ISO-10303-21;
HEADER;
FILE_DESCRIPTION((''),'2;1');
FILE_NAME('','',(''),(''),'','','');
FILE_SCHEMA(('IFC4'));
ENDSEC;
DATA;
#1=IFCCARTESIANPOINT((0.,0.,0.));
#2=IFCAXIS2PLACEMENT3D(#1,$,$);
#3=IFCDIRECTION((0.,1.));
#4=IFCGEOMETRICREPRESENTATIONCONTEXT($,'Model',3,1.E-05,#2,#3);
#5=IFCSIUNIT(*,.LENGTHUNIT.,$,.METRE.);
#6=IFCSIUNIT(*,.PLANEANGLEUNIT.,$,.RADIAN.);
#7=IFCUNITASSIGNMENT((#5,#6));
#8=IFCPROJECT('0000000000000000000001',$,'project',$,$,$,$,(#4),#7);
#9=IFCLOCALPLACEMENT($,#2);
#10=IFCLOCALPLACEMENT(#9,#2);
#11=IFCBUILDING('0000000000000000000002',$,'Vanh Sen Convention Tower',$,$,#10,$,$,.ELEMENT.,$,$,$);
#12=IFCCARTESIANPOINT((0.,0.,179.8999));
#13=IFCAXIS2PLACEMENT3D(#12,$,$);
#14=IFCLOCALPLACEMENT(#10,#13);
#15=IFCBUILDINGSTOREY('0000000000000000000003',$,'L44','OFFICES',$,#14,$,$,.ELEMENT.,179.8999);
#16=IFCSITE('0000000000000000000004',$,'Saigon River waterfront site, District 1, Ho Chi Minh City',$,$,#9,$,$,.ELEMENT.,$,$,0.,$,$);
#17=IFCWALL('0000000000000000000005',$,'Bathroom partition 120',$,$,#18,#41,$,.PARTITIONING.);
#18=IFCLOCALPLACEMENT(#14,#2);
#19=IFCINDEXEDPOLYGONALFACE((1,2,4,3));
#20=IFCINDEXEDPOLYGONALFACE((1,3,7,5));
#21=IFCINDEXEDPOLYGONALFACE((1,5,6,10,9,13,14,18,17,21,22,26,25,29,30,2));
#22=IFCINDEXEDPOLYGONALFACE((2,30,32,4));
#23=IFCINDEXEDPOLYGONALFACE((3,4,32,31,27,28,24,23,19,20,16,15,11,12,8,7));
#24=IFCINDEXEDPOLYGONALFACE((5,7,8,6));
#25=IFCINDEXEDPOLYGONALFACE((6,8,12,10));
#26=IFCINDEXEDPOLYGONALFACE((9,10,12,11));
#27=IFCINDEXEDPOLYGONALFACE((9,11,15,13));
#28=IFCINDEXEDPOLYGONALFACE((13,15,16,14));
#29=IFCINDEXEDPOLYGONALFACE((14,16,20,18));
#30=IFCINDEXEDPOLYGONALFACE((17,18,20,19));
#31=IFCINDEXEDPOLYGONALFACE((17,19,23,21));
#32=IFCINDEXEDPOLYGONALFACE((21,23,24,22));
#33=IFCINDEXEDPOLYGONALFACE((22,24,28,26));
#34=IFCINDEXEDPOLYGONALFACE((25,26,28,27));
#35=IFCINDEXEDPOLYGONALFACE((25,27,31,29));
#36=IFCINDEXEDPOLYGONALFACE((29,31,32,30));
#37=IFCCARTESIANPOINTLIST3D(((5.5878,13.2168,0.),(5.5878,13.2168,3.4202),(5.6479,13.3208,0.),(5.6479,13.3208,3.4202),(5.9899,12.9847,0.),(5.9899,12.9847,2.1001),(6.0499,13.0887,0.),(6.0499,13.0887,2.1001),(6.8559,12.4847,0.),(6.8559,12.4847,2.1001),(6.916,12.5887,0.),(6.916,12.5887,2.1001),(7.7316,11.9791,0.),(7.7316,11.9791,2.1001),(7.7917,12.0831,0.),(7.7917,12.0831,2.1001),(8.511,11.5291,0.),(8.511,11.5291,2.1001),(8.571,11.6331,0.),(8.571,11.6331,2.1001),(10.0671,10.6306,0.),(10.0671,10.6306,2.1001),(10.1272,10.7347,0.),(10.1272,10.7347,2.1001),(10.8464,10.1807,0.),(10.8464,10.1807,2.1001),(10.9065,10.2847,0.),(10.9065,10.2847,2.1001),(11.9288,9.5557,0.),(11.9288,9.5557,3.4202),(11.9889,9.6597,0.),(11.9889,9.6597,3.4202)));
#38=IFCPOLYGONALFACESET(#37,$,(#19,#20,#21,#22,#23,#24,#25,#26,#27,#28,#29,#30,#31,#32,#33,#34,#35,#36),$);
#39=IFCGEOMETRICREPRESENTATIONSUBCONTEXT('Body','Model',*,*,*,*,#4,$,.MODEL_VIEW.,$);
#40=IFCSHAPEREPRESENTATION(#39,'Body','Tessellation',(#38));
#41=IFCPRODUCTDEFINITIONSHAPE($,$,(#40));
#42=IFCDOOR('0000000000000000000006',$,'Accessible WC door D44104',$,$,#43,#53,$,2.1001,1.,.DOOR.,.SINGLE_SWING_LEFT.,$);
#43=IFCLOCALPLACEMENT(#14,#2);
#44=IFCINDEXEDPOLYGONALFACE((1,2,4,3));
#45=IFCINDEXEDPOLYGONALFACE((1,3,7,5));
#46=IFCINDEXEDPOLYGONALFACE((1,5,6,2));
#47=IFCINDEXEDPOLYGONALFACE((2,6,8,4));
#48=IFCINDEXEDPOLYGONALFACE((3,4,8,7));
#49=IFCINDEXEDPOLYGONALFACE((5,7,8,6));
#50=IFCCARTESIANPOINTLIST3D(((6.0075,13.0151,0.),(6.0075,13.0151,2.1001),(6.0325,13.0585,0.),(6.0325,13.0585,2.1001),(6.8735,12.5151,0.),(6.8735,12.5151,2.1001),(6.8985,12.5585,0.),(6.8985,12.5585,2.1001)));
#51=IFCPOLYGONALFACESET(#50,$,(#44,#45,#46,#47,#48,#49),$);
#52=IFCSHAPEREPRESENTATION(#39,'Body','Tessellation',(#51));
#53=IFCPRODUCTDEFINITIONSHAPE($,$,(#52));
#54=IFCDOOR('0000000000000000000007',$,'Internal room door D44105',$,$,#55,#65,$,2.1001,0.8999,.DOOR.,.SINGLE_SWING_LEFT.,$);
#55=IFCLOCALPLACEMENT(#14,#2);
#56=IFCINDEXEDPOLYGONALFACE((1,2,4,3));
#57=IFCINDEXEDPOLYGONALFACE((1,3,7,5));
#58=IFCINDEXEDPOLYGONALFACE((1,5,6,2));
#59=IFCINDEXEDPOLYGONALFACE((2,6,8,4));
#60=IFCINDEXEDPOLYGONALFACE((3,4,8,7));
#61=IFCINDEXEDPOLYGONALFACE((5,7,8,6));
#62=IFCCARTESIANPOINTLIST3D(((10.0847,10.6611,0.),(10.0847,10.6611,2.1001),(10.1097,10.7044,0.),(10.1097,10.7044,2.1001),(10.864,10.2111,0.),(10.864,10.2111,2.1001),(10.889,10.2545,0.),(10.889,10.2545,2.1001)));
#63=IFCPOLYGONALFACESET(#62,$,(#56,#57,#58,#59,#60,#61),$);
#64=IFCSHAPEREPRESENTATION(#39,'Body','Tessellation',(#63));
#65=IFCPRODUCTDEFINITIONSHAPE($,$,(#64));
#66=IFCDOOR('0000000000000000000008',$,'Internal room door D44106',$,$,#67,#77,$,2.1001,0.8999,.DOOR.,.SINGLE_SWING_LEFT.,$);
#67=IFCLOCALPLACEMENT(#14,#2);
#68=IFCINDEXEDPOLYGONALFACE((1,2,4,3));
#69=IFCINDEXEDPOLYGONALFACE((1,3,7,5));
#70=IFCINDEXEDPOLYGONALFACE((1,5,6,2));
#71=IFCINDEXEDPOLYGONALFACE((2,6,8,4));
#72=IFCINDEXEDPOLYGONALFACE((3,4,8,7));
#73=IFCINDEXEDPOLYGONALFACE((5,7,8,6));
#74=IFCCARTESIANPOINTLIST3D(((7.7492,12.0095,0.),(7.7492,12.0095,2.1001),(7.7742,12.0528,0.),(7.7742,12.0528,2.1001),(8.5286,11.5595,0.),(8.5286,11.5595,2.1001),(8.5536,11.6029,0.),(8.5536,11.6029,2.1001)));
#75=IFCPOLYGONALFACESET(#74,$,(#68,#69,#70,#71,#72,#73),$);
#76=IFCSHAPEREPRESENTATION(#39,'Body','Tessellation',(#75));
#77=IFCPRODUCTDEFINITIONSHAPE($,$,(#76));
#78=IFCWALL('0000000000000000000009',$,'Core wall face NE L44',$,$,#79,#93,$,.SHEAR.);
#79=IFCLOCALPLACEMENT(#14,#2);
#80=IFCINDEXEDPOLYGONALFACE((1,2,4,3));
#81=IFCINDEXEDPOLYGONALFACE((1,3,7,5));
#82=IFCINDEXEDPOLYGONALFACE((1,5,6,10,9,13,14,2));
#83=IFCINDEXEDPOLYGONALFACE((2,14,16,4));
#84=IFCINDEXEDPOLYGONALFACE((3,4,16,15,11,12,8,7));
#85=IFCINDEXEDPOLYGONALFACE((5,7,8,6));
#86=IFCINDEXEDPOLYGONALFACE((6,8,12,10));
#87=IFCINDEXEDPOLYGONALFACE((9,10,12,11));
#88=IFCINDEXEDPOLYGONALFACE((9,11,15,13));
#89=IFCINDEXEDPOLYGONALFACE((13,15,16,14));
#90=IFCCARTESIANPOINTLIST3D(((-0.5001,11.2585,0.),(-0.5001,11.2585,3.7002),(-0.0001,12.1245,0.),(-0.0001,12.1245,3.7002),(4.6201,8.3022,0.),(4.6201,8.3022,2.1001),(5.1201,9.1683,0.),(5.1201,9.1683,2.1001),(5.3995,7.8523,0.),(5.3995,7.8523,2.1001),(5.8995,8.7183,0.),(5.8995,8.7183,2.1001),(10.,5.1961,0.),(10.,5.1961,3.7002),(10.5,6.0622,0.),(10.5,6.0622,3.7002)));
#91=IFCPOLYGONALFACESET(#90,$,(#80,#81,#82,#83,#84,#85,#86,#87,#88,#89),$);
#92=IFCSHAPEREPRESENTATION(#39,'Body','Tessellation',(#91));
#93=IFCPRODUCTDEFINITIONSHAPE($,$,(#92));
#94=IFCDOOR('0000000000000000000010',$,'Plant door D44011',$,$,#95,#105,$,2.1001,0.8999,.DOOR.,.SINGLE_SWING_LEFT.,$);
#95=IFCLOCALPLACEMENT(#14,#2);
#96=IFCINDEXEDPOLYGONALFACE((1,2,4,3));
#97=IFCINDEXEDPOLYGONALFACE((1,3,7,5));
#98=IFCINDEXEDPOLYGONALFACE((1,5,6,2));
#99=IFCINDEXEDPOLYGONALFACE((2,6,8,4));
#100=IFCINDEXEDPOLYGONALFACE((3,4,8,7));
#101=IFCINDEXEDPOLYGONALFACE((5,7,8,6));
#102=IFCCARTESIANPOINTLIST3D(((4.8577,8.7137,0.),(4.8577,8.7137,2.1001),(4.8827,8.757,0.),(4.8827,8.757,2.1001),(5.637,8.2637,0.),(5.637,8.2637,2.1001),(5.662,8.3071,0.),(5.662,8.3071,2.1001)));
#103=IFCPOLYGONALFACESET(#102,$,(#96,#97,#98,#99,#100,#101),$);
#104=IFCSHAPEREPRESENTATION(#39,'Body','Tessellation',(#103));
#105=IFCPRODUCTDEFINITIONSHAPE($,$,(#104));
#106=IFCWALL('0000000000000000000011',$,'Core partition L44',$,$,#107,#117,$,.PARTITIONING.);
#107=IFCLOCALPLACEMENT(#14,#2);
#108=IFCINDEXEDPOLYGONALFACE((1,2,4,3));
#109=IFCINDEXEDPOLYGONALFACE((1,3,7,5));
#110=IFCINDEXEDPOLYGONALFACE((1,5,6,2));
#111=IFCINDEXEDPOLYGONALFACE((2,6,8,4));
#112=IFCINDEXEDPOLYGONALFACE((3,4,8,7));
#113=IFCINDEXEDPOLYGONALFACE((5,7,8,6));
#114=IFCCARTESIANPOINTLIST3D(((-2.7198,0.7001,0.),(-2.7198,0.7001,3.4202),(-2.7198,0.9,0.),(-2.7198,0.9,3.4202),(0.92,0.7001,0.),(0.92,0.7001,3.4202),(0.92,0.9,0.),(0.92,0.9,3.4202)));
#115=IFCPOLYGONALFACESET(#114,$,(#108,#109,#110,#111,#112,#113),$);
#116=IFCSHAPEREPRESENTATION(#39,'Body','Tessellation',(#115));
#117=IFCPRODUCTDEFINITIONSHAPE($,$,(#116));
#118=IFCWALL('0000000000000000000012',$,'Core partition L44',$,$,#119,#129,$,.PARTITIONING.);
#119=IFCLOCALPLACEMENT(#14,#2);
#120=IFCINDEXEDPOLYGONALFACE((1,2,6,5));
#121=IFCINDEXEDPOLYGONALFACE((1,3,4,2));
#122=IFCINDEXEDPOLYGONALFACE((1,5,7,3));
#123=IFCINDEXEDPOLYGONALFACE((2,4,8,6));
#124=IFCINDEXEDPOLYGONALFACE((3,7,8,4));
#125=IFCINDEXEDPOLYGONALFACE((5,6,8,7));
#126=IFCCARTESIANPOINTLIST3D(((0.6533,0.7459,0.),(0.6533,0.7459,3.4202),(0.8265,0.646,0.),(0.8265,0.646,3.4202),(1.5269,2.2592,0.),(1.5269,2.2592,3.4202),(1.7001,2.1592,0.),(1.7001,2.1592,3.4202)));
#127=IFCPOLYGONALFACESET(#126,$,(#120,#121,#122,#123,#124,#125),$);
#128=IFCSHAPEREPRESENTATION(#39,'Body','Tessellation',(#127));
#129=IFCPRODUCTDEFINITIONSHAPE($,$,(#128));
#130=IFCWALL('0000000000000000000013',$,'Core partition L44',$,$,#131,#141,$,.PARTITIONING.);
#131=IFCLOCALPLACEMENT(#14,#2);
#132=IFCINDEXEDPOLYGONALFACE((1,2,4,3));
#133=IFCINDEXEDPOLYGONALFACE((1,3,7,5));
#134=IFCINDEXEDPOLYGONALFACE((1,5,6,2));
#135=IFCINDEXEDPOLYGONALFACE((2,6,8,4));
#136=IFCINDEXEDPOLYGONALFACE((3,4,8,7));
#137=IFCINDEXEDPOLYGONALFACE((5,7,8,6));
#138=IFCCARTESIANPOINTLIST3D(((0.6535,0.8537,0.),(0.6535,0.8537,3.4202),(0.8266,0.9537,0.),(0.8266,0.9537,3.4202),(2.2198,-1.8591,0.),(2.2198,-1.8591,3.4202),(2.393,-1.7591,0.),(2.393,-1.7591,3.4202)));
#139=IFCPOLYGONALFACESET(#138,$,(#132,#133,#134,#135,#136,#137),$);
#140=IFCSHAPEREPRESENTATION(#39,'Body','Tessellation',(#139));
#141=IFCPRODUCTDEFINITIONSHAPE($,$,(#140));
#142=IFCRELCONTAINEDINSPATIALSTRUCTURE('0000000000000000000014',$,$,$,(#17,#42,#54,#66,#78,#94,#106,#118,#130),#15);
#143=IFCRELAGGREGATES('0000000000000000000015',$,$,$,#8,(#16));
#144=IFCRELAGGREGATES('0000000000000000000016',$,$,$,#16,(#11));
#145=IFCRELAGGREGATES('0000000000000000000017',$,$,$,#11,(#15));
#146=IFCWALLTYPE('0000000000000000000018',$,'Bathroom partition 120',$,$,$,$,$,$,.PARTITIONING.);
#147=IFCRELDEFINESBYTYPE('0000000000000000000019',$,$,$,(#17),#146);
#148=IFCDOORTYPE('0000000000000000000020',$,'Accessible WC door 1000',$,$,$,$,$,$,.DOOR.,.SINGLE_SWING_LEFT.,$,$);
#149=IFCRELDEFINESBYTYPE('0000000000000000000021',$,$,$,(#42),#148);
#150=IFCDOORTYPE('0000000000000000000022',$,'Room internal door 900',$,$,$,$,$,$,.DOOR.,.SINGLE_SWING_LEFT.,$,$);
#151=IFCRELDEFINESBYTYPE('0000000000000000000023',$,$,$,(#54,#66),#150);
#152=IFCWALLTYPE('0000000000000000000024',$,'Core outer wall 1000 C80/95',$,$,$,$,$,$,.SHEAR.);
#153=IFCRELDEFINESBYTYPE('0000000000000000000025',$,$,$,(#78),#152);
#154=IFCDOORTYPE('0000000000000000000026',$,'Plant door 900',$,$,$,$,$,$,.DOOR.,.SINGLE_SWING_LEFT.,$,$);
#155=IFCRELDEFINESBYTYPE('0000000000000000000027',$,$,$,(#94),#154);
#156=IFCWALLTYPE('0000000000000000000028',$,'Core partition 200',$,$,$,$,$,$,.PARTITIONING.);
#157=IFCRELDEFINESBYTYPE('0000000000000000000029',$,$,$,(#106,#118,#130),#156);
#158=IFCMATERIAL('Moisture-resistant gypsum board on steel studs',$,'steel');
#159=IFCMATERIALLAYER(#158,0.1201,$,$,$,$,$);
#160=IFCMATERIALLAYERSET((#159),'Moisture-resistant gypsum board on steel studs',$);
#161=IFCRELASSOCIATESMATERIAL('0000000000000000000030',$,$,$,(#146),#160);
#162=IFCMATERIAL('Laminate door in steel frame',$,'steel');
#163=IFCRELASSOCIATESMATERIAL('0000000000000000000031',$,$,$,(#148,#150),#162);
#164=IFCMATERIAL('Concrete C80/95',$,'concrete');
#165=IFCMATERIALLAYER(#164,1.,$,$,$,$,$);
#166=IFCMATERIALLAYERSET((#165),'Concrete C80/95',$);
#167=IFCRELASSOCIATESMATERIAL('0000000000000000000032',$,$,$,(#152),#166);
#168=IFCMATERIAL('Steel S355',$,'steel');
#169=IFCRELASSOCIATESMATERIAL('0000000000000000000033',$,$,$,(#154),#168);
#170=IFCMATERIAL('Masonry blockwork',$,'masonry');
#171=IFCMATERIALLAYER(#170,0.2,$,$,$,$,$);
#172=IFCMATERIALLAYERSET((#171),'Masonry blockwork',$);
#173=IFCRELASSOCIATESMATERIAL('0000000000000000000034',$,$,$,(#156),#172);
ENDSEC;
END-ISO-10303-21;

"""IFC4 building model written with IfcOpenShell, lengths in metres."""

from ifc_helpers import new_model, si_unit, direction, frame, frame_2d, origin, place, context, subcontext, project, spatial, rectangle, extrude, material, layer, layer_set, type_object, element, fill, save


model = new_model("IFC4")

# Units and contexts
model_context = context("Model", 3, precision=1e-05, world=origin(), true_north=direction((0.0, 1.0)))
body_context = subcontext(model_context, "Body", "Model", "MODEL_VIEW")
ifc_project = project(units=[si_unit("LENGTHUNIT", "METRE"), si_unit("PLANEANGLEUNIT", "RADIAN")], contexts=[model_context])

# Site, building, storey
site_placement = place(None, origin())
site = spatial("IfcSite", under=ifc_project, at=site_placement, Name="Saigon River waterfront site, District 1, Ho Chi Minh City", CompositionType="ELEMENT", RefElevation=0.0)
building_placement = place(site_placement, origin())
building = spatial("IfcBuilding", under=site, at=building_placement, Name="Vanh Sen Convention Tower", CompositionType="ELEMENT")
storey_placement = place(building_placement, frame((0.0, 0.0, 179.8999)))
storey = spatial("IfcBuildingStorey", under=building, at=storey_placement, Name="L44", Description="OFFICES", CompositionType="ELEMENT", Elevation=179.8999)

# Wall, openings, doors
ifc_material_1 = material(Name="Moisture-resistant gypsum board on steel studs", Category="steel")
ifc_layer_1 = layer(ifc_material_1, 0.1201)
ifc_layer_set_1 = layer_set([ifc_layer_1], Name="Moisture-resistant gypsum board on steel studs")
wall_type_1 = type_object("IfcWallType", Name="Bathroom partition 120", PredefinedType="PARTITIONING", material=ifc_layer_set_1)
wall_1_placement = place(storey_placement, frame((11.959, 9.6077, 0.0), z_axis=(0.0, 0.0, 1.0), x_axis=(-0.866018, 0.500012, 0.0)))
wall_1 = element("IfcWall", 1, at=wall_1_placement, inside=storey, type_object=wall_type_1, Name="Bathroom partition 120", PredefinedType="PARTITIONING", context=body_context, shape_type="SweptSolid", body=[
    extrude(rectangle(XDim=7.322, YDim=0.1201, at=frame_2d((3.6611, 0.0))), origin(), (0.0, 0.0, 1.0), 3.4202),
])
opening_1_placement = place(wall_1_placement, frame((5.8579, 0.0, 0.0)))
opening_1 = element("IfcOpeningElement", 2, at=opening_1_placement, cuts=wall_1, PredefinedType="OPENING", context=body_context, shape_type="SweptSolid", body=[
    extrude(rectangle(XDim=1.0, YDim=2.1001, at=frame_2d((0.5, 1.05))), frame((0.0, 0.0701, 0.0), z_axis=(0.0, -1.0, 0.0), x_axis=(1.0, 0.0, 0.0)), (0.0, 0.0, 1.0), 0.1401),
])
opening_2_placement = place(wall_1_placement, frame((1.25, 0.0, 0.0)))
opening_2 = element("IfcOpeningElement", 3, at=opening_2_placement, cuts=wall_1, PredefinedType="OPENING", context=body_context, shape_type="SweptSolid", body=[
    extrude(rectangle(XDim=0.8999, YDim=2.1001, at=frame_2d((0.45, 1.05))), frame((0.0, 0.0701, 0.0), z_axis=(0.0, -1.0, 0.0), x_axis=(1.0, 0.0, 0.0)), (0.0, 0.0, 1.0), 0.1401),
])
opening_3_placement = place(wall_1_placement, frame((3.9468, 0.0, 0.0)))
opening_3 = element("IfcOpeningElement", 4, at=opening_3_placement, cuts=wall_1, PredefinedType="OPENING", context=body_context, shape_type="SweptSolid", body=[
    extrude(rectangle(XDim=0.8999, YDim=2.1001, at=frame_2d((0.45, 1.05))), frame((0.0, 0.0701, 0.0), z_axis=(0.0, -1.0, 0.0), x_axis=(1.0, 0.0, 0.0)), (0.0, 0.0, 1.0), 0.1401),
])
ifc_material_2 = material(Name="Laminate door in steel frame", Category="steel")
door_type_1 = type_object("IfcDoorType", Name="Accessible WC door 1000", OperationType="SINGLE_SWING_LEFT", PredefinedType="DOOR", material=ifc_material_2)
door_1_placement = place(opening_1_placement, origin())
door_1 = element("IfcDoor", 5, at=door_1_placement, inside=storey, type_object=door_type_1, Name="Accessible WC door D44104", OperationType="SINGLE_SWING_LEFT", OverallHeight=2.1001, OverallWidth=1.0, PredefinedType="DOOR", context=body_context, shape_type="SweptSolid", body=[
    extrude(rectangle(XDim=1.0, YDim=2.1001, at=frame_2d((0.5, 1.05))), frame((0.0, 0.0249, 0.0), z_axis=(0.0, -1.0, 0.0), x_axis=(1.0, 0.0, 0.0)), (0.0, 0.0, 1.0), 0.05),
])
fill(opening_1, door_1)
door_type_2 = type_object("IfcDoorType", Name="Room internal door 900", OperationType="SINGLE_SWING_LEFT", PredefinedType="DOOR", material=ifc_material_2)
door_2_placement = place(opening_2_placement, origin())
door_2 = element("IfcDoor", 6, at=door_2_placement, inside=storey, type_object=door_type_2, Name="Internal room door D44105", OperationType="SINGLE_SWING_LEFT", OverallHeight=2.1001, OverallWidth=0.8999, PredefinedType="DOOR", context=body_context, shape_type="SweptSolid", body=[
    extrude(rectangle(XDim=0.8999, YDim=2.1001, at=frame_2d((0.45, 1.05))), frame((0.0, 0.0249, 0.0), z_axis=(0.0, -1.0, 0.0), x_axis=(1.0, 0.0, 0.0)), (0.0, 0.0, 1.0), 0.05),
])
fill(opening_2, door_2)
door_3_placement = place(opening_3_placement, origin())
door_3 = element("IfcDoor", 7, at=door_3_placement, inside=storey, type_object=door_type_2, Name="Internal room door D44106", OperationType="SINGLE_SWING_LEFT", OverallHeight=2.1001, OverallWidth=0.8999, PredefinedType="DOOR", context=body_context, shape_type="SweptSolid", body=[
    extrude(rectangle(XDim=0.8999, YDim=2.1001, at=frame_2d((0.45, 1.05))), frame((0.0, 0.0249, 0.0), z_axis=(0.0, -1.0, 0.0), x_axis=(1.0, 0.0, 0.0)), (0.0, 0.0, 1.0), 0.05),
])
fill(opening_3, door_3)

# Wall, opening, door
ifc_material_3 = material(Name="Concrete C80/95", Category="concrete")
ifc_layer_2 = layer(ifc_material_3, 1.0)
ifc_layer_set_2 = layer_set([ifc_layer_2], Name="Concrete C80/95")
wall_type_2 = type_object("IfcWallType", Name="Core outer wall 1000 C80/95", PredefinedType="SHEAR", material=ifc_layer_set_2)
wall_2_placement = place(storey_placement, frame((10.25, 5.6292, 0.0), z_axis=(0.0, 0.0, 1.0), x_axis=(-0.866023, 0.500005, 0.0)))
wall_2 = element("IfcWall", 8, at=wall_2_placement, inside=storey, type_object=wall_type_2, Name="Core wall face NE L44", PredefinedType="SHEAR", context=body_context, shape_type="SweptSolid", body=[
    extrude(rectangle(XDim=12.1245, YDim=1.0, at=frame_2d((6.0623, 0.0))), origin(), (0.0, 0.0, 1.0), 3.7002),
])
opening_4_placement = place(wall_2_placement, frame((5.3123, 0.0, 0.0)))
opening_4 = element("IfcOpeningElement", 9, at=opening_4_placement, cuts=wall_2, PredefinedType="OPENING", context=body_context, shape_type="SweptSolid", body=[
    extrude(rectangle(XDim=0.8999, YDim=2.1001, at=frame_2d((0.45, 1.05))), frame((0.0, 0.51, 0.0), z_axis=(0.0, -1.0, 0.0), x_axis=(1.0, 0.0, 0.0)), (0.0, 0.0, 1.0), 1.02),
])
ifc_material_4 = material(Name="Steel S355", Category="steel")
door_type_3 = type_object("IfcDoorType", Name="Plant door 900", OperationType="SINGLE_SWING_LEFT", PredefinedType="DOOR", material=ifc_material_4)
door_4_placement = place(opening_4_placement, origin())
door_4 = element("IfcDoor", 10, at=door_4_placement, inside=storey, type_object=door_type_3, Name="Plant door D44011", OperationType="SINGLE_SWING_LEFT", OverallHeight=2.1001, OverallWidth=0.8999, PredefinedType="DOOR", context=body_context, shape_type="SweptSolid", body=[
    extrude(rectangle(XDim=0.8999, YDim=2.1001, at=frame_2d((0.45, 1.05))), frame((0.0, 0.0249, 0.0), z_axis=(0.0, -1.0, 0.0), x_axis=(1.0, 0.0, 0.0)), (0.0, 0.0, 1.0), 0.05),
])
fill(opening_4, door_4)

# Walls
ifc_material_5 = material(Name="Masonry blockwork", Category="masonry")
ifc_layer_3 = layer(ifc_material_5, 0.2)
ifc_layer_set_3 = layer_set([ifc_layer_3], Name="Masonry blockwork")
wall_type_3 = type_object("IfcWallType", Name="Core partition 200", PredefinedType="PARTITIONING", material=ifc_layer_set_3)
wall_3_placement = place(storey_placement, frame((0.9199, 0.8, 0.0), z_axis=(0.0, 0.0, 1.0), x_axis=(-1.0, 0.0, 0.0)))
element("IfcWall", 11, at=wall_3_placement, inside=storey, type_object=wall_type_3, Name="Core partition L44", PredefinedType="PARTITIONING", context=body_context, shape_type="SweptSolid", body=[
    extrude(rectangle(XDim=3.6399, YDim=0.2, at=frame_2d((1.8198, 0.0))), origin(), (0.0, 0.0, 1.0), 3.4202),
])
wall_4_placement = place(storey_placement, frame((0.74, 0.696, 0.0), z_axis=(0.0, 0.0, 1.0), x_axis=(0.499956, 0.866051, 0.0)))
element("IfcWall", 12, at=wall_4_placement, inside=storey, type_object=wall_type_3, Name="Core partition L44", PredefinedType="PARTITIONING", context=body_context, shape_type="SweptSolid", body=[
    extrude(rectangle(XDim=1.7473, YDim=0.2, at=frame_2d((0.8735, 0.0))), origin(), (0.0, 0.0, 1.0), 3.4202),
])
wall_5_placement = place(storey_placement, frame((0.74, 0.9038, 0.0), z_axis=(0.0, 0.0, 1.0), x_axis=(0.500028, -0.866009, 0.0)))
element("IfcWall", 13, at=wall_5_placement, inside=storey, type_object=wall_type_3, Name="Core partition L44", PredefinedType="PARTITIONING", context=body_context, shape_type="SweptSolid", body=[
    extrude(rectangle(XDim=3.1326, YDim=0.2, at=frame_2d((1.5664, 0.0))), origin(), (0.0, 0.0, 1.0), 3.4202),
])

save(model, "model.ifc")
